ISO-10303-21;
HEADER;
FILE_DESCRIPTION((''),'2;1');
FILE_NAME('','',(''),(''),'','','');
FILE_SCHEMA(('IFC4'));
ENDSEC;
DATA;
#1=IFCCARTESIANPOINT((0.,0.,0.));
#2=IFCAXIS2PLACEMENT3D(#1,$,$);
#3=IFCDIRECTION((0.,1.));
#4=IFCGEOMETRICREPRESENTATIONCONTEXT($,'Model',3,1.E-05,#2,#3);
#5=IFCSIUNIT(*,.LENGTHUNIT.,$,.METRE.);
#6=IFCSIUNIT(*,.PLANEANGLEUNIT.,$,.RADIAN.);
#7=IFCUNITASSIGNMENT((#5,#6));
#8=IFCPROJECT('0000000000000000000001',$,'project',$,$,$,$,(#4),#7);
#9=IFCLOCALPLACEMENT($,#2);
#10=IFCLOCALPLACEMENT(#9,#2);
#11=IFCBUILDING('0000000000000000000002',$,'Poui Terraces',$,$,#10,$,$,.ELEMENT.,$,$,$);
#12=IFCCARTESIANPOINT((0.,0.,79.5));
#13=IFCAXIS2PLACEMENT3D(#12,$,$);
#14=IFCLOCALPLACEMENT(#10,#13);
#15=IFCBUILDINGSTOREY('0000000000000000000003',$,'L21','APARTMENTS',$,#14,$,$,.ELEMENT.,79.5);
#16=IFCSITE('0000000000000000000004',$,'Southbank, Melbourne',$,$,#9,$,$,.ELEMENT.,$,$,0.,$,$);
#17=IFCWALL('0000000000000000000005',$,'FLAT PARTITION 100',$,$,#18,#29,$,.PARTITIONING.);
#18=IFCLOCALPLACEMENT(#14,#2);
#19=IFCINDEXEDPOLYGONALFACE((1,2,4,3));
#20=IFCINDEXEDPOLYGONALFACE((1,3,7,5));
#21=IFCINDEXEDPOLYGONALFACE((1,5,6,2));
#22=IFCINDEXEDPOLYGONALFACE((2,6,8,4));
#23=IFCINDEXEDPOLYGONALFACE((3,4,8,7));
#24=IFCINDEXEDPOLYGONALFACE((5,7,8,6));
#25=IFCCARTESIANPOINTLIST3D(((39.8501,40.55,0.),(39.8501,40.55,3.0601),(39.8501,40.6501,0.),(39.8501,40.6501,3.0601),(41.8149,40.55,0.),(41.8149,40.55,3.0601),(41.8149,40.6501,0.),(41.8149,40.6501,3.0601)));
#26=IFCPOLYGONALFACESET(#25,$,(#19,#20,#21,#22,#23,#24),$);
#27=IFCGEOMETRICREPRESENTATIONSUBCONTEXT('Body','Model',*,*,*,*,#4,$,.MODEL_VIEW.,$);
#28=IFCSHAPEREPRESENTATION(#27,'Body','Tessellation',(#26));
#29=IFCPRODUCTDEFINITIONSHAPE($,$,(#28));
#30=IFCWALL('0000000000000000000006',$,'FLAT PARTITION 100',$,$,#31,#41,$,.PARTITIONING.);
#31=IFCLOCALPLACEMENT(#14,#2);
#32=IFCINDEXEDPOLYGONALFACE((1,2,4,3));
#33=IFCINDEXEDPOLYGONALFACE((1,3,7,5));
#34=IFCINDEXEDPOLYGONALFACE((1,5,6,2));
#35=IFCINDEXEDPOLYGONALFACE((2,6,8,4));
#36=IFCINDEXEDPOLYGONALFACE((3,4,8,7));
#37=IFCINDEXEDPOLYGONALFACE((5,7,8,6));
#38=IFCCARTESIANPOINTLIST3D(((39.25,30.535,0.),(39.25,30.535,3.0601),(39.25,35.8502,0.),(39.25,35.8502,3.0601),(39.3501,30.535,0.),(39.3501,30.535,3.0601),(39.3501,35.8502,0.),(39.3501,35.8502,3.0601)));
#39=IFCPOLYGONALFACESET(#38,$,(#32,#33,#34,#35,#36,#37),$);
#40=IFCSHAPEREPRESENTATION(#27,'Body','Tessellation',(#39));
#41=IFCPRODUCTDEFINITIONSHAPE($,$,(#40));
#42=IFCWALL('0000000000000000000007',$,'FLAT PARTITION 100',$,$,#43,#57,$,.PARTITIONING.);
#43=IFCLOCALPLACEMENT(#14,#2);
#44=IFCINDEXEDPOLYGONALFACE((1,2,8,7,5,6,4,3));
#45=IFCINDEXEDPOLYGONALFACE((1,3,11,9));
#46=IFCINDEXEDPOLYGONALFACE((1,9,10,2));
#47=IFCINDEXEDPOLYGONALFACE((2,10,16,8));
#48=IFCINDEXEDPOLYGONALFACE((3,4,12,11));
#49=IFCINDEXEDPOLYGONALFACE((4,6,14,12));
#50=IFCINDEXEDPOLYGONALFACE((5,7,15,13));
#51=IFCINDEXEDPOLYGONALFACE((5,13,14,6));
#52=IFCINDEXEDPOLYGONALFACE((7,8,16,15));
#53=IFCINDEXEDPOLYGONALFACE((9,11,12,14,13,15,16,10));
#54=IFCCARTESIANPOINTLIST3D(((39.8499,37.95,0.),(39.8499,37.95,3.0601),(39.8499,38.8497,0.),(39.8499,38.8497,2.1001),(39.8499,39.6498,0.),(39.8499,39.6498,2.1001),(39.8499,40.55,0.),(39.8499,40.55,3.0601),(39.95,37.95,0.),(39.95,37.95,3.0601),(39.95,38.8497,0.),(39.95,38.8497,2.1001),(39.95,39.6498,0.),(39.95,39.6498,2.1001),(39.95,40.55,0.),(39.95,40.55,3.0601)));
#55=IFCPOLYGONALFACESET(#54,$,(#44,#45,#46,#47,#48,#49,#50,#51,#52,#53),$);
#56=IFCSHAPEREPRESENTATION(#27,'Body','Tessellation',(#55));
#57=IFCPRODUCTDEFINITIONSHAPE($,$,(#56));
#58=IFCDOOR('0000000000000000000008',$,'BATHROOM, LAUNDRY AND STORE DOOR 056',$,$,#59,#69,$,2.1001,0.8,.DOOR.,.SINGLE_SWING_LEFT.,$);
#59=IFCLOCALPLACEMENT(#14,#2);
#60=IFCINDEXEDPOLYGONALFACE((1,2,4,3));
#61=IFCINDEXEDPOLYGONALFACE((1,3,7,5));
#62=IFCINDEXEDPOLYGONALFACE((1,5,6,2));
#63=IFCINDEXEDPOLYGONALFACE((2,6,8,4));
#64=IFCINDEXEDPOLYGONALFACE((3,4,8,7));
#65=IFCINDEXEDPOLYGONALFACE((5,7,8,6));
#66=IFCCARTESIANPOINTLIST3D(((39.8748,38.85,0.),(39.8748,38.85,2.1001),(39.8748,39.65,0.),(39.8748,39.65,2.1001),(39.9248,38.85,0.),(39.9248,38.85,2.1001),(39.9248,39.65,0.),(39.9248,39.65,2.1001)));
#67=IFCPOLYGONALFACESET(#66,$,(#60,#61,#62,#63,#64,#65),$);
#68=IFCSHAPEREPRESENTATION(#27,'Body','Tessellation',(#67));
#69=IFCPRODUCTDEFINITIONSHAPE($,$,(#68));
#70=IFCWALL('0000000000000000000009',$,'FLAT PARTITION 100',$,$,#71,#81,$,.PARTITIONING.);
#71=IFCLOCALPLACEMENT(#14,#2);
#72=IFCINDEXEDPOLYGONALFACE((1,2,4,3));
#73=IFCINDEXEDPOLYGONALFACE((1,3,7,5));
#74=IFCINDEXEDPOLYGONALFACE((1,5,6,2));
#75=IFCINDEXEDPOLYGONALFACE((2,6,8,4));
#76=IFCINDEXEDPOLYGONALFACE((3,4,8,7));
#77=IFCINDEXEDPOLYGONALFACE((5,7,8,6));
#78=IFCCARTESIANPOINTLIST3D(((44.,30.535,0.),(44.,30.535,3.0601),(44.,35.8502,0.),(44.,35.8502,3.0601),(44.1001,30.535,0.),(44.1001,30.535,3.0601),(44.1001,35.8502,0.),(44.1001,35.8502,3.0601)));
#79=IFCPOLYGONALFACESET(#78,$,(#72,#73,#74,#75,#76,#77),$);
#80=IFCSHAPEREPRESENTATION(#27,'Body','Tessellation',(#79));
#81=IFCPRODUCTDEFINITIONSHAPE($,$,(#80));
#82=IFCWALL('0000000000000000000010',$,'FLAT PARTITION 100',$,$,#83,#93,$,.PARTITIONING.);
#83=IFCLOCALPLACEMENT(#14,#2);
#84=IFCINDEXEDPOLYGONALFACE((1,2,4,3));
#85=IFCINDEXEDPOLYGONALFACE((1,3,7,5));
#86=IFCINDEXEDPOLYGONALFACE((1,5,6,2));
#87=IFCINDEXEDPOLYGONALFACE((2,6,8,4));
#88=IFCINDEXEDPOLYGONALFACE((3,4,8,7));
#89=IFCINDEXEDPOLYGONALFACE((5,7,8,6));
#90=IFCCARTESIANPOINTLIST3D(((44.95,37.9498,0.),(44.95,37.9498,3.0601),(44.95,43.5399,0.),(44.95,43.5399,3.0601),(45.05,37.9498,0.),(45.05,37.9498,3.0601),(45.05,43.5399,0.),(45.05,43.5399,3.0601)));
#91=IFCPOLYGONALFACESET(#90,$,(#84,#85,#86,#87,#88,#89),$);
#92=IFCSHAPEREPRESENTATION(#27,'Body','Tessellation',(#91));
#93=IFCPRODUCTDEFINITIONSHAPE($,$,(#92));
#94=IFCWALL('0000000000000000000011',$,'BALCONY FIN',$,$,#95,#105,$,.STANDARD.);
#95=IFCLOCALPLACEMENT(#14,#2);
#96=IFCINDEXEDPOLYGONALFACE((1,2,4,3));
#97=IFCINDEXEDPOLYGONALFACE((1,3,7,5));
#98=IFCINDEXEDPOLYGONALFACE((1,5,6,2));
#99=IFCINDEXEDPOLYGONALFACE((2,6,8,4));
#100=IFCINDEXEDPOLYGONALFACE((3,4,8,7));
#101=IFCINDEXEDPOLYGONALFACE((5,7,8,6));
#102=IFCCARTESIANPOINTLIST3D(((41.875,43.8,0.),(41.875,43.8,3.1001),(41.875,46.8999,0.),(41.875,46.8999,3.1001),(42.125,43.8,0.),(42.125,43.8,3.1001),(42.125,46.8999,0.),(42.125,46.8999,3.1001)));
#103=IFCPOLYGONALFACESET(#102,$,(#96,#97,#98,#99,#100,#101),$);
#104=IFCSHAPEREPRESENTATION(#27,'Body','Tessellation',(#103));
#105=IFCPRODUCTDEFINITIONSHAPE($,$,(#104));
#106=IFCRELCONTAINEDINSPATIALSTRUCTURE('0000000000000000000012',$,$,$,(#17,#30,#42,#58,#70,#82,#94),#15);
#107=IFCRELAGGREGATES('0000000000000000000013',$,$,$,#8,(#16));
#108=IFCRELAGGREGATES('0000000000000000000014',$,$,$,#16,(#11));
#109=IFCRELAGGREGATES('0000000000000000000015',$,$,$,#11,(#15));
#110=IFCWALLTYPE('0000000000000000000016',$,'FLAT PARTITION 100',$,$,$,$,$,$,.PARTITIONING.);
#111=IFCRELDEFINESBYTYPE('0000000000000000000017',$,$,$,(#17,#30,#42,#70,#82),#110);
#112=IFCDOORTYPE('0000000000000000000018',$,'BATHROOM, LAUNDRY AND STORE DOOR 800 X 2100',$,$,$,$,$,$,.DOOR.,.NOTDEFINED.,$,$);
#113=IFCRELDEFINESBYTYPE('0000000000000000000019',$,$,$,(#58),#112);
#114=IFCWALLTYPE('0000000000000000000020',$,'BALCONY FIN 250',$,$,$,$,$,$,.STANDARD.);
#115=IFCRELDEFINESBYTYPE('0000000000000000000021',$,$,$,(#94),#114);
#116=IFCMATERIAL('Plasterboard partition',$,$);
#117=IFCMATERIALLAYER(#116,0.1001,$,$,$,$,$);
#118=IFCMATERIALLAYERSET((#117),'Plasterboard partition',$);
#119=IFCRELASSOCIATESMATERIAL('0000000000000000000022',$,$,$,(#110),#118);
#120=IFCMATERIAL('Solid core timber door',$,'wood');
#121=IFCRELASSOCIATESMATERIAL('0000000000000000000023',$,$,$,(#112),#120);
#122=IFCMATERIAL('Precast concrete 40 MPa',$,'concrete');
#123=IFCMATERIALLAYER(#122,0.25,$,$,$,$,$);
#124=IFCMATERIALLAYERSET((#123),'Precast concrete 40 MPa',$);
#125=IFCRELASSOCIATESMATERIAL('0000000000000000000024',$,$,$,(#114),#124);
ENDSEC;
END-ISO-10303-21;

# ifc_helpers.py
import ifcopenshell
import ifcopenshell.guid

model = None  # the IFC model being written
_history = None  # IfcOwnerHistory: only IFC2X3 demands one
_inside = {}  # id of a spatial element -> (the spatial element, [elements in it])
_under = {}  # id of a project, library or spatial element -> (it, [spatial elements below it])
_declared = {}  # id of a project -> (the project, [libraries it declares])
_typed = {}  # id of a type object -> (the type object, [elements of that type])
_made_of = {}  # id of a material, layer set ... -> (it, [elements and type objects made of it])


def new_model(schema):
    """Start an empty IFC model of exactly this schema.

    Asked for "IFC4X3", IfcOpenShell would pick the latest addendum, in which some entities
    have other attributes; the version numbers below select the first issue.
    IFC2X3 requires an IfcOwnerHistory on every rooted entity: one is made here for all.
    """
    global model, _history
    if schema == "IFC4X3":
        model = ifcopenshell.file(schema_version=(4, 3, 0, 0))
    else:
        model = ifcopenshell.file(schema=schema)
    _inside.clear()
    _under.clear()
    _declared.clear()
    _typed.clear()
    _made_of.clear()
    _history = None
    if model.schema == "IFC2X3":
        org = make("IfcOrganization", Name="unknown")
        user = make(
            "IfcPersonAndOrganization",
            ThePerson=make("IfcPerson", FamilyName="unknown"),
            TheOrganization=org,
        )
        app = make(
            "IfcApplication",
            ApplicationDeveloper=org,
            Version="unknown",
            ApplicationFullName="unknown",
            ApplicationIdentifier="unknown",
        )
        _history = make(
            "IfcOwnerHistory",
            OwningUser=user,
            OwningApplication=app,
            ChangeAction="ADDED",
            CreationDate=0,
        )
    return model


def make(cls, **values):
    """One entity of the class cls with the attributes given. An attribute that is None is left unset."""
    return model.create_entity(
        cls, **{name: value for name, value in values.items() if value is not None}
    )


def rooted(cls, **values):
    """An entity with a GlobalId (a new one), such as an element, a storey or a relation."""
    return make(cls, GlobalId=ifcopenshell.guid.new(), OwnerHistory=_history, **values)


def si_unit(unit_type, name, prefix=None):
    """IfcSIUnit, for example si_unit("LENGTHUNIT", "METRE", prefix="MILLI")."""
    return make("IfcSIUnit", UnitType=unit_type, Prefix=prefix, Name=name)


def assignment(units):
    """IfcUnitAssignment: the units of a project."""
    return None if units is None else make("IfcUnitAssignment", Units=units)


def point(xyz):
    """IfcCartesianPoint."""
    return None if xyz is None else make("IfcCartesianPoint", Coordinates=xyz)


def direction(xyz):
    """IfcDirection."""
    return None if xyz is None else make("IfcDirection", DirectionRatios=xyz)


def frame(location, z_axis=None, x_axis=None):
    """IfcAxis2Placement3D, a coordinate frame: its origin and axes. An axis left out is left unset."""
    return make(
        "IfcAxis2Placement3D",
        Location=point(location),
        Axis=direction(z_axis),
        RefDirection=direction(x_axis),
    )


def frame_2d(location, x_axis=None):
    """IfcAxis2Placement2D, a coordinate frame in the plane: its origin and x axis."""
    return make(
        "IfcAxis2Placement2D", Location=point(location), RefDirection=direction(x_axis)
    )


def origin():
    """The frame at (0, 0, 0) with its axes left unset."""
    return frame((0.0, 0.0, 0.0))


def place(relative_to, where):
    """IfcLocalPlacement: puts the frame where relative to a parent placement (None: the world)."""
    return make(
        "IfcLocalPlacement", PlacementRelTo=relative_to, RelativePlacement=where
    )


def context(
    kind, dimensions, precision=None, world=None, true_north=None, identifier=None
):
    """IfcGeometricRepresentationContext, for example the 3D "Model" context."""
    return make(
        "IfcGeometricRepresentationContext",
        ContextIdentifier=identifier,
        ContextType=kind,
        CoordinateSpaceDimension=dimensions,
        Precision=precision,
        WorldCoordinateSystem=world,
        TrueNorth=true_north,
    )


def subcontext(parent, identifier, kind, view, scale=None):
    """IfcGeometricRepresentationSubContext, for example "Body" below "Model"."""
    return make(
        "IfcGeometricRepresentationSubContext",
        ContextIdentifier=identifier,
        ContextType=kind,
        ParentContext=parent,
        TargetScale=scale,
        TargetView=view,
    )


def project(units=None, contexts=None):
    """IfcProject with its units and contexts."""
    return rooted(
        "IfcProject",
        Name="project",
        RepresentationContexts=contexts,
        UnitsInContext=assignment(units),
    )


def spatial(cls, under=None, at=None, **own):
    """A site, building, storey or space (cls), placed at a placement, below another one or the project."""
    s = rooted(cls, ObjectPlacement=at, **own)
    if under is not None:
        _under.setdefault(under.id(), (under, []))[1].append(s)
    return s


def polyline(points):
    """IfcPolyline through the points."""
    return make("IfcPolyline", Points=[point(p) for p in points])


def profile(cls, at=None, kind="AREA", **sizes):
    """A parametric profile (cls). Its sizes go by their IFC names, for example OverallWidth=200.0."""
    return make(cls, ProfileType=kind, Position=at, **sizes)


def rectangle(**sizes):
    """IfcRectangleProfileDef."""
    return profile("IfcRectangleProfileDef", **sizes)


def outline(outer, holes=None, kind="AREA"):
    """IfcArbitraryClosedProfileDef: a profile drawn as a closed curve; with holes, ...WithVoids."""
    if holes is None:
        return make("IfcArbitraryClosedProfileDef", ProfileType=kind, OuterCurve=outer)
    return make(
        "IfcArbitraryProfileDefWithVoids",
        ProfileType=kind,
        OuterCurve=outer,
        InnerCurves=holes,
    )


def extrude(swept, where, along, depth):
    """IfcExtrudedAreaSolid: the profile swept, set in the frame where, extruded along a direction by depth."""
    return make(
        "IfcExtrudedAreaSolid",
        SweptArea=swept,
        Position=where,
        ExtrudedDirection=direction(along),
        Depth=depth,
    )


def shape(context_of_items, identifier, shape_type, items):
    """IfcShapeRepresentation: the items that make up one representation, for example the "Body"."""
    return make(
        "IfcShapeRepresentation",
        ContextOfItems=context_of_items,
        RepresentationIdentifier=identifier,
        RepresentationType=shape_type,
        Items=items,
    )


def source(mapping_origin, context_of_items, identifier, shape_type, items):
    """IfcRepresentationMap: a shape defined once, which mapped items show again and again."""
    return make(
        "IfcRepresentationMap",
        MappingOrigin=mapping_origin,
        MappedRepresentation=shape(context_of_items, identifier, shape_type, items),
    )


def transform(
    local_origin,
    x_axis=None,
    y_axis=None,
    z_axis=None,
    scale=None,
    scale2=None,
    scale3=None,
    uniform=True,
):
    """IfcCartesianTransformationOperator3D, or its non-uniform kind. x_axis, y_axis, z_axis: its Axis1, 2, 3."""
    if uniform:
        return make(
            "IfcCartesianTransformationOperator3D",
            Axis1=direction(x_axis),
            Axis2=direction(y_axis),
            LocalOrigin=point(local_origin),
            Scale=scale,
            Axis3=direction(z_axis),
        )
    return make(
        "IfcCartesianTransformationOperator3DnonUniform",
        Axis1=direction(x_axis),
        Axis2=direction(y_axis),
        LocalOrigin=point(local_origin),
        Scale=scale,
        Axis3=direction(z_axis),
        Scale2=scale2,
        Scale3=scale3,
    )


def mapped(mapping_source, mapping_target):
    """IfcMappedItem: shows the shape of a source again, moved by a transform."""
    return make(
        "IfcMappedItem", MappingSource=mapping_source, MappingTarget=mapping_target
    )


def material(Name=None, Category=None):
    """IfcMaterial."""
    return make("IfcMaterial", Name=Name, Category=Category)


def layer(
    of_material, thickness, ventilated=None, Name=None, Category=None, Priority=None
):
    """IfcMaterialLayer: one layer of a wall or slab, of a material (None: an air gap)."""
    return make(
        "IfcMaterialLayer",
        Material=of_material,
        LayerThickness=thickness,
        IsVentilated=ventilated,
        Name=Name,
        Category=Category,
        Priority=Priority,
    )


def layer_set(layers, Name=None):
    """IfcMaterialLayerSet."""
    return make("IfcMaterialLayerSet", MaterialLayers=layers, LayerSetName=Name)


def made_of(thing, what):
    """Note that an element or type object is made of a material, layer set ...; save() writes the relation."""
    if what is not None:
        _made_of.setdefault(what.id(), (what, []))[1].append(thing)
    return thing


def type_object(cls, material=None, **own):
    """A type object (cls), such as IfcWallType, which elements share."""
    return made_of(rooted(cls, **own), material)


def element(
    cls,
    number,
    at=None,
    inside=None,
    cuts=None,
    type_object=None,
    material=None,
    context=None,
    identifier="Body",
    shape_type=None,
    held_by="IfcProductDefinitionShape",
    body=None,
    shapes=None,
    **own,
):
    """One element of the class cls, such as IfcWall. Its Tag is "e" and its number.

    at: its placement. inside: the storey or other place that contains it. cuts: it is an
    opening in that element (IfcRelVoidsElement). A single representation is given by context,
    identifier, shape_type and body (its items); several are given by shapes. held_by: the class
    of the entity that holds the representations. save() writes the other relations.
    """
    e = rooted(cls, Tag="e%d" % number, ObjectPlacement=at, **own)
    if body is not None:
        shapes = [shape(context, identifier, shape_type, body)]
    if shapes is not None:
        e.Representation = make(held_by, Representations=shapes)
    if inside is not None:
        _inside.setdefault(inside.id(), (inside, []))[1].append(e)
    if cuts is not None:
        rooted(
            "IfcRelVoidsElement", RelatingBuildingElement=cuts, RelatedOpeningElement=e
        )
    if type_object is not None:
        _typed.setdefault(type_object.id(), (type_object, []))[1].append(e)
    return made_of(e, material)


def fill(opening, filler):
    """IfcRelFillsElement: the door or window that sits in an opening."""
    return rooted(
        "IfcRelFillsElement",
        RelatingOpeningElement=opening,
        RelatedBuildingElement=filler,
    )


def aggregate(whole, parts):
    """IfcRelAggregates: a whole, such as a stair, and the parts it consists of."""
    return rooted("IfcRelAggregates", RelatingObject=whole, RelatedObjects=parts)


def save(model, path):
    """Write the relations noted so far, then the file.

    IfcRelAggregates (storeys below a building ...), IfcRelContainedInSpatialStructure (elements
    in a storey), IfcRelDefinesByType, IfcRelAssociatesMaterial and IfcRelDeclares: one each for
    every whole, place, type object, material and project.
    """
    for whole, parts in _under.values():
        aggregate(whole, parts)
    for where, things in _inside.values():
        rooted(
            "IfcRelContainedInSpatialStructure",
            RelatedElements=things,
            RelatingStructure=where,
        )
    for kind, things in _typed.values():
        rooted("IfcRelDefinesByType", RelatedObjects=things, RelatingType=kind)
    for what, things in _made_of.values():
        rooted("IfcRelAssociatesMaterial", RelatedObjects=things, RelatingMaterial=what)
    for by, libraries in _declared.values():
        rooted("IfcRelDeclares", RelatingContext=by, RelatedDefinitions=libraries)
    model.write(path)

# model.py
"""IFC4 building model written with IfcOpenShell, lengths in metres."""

from ifc_helpers import new_model, si_unit, direction, frame, frame_2d, origin, place, context, subcontext, project, spatial, polyline, rectangle, outline, extrude, source, transform, mapped, material, layer, layer_set, type_object, element, fill, save


model = new_model("IFC4")

# Units and contexts
model_context = context("Model", 3, precision=1e-05, world=origin(), true_north=direction((0.0, 1.0)))
body_context = subcontext(model_context, "Body", "Model", "MODEL_VIEW")
ifc_project = project(units=[si_unit("LENGTHUNIT", "METRE"), si_unit("PLANEANGLEUNIT", "RADIAN")], contexts=[model_context])

# Site, building, storey
site_placement = place(None, origin())
site = spatial("IfcSite", under=ifc_project, at=site_placement, Name="Southbank, Melbourne", CompositionType="ELEMENT", RefElevation=0.0)
building_placement = place(site_placement, origin())
building = spatial("IfcBuilding", under=site, at=building_placement, Name="Poui Terraces", CompositionType="ELEMENT")
storey_placement = place(building_placement, frame((0.0, 0.0, 79.5)))
storey = spatial("IfcBuildingStorey", under=building, at=storey_placement, Name="L21", Description="APARTMENTS", CompositionType="ELEMENT", Elevation=79.5)

# Shared definitions
ifc_material_1 = material(Name="Solid core timber door", Category="wood")
ifc_material_2 = material(Name="Plasterboard partition")
ifc_layer_1 = layer(ifc_material_2, 0.1001)
ifc_layer_set_1 = layer_set([ifc_layer_1], Name="Plasterboard partition")
wall_type_1 = type_object("IfcWallType", Name="FLAT PARTITION 100", PredefinedType="PARTITIONING", material=ifc_layer_set_1)
door_type_1 = type_object("IfcDoorType", Name="BATHROOM, LAUNDRY AND STORE DOOR 800 X 2100", OperationType="NOTDEFINED", PredefinedType="DOOR", material=ifc_material_1)

# Walls
wall_1_placement = place(storey_placement, frame((39.8501, 40.6001, 0.0), z_axis=(0.0, 0.0, 1.0), x_axis=(1.0, 0.0, 0.0)))
element("IfcWall", 1, at=wall_1_placement, inside=storey, type_object=wall_type_1, Name="FLAT PARTITION 100", PredefinedType="PARTITIONING", context=body_context, shape_type="SweptSolid", body=[
    extrude(rectangle(XDim=1.9648, YDim=0.1001, at=frame_2d((0.9824, 0.0))), origin(), (0.0, 0.0, 1.0), 3.0601),
])
wall_2_placement = place(storey_placement, frame((39.3, 30.5349, 0.0), z_axis=(0.0, 0.0, 1.0), x_axis=(0.0, 1.0, 0.0)))
element("IfcWall", 2, at=wall_2_placement, inside=storey, type_object=wall_type_1, Name="FLAT PARTITION 100", PredefinedType="PARTITIONING", context=body_context, shape_type="SweptSolid", body=[
    extrude(rectangle(XDim=5.3152, YDim=0.1001, at=frame_2d((2.6577, 0.0))), origin(), (0.0, 0.0, 1.0), 3.0601),
])

# Wall, opening, door
wall_3_placement = place(storey_placement, frame((39.8999, 37.95, 0.0), z_axis=(0.0, 0.0, 1.0), x_axis=(0.0, 1.0, 0.0)))
wall_3 = element("IfcWall", 3, at=wall_3_placement, inside=storey, type_object=wall_type_1, Name="FLAT PARTITION 100", PredefinedType="PARTITIONING", context=body_context, shape_type="SweptSolid", body=[
    extrude(rectangle(XDim=2.6001, YDim=0.1001, at=frame_2d((1.3, 0.0))), origin(), (0.0, 0.0, 1.0), 3.0601),
])
opening_1_placement = place(wall_3_placement, frame((0.8999, 0.0, 0.0)))
opening_1 = element("IfcOpeningElement", 4, at=opening_1_placement, cuts=wall_3, PredefinedType="OPENING", context=body_context, shape_type="SweptSolid", body=[
    extrude(rectangle(XDim=0.8, YDim=2.1001, at=frame_2d((0.3999, 1.05))), frame((0.0, 0.0601, 0.0), z_axis=(0.0, -1.0, 0.0), x_axis=(1.0, 0.0, 0.0)), (0.0, 0.0, 1.0), 0.1201),
])
door_1_placement = place(opening_1_placement, frame((0.8, 0.0, 0.0), z_axis=(0.0, 0.0, 1.0), x_axis=(-1.0, 0.0, 0.0)))
door_1 = element("IfcDoor", 5, at=door_1_placement, inside=storey, type_object=door_type_1, Name="BATHROOM, LAUNDRY AND STORE DOOR 056", OperationType="SINGLE_SWING_LEFT", OverallHeight=2.1001, OverallWidth=0.8, PredefinedType="DOOR", context=body_context, shape_type="SweptSolid", body=[
    extrude(rectangle(XDim=0.8, YDim=2.1001, at=frame_2d((0.3999, 1.05))), frame((0.0, 0.0249, 0.0), z_axis=(0.0, -1.0, 0.0), x_axis=(1.0, 0.0, 0.0)), (0.0, 0.0, 1.0), 0.05),
])
fill(opening_1, door_1)

# Walls
wall_4_placement = place(storey_placement, frame((44.05, 30.5349, 0.0), z_axis=(0.0, 0.0, 1.0), x_axis=(0.0, 1.0, 0.0)))
element("IfcWall", 6, at=wall_4_placement, inside=storey, type_object=wall_type_1, Name="FLAT PARTITION 100", PredefinedType="PARTITIONING", context=body_context, shape_type="SweptSolid", body=[
    extrude(rectangle(XDim=5.3152, YDim=0.1001, at=frame_2d((2.6577, 0.0))), origin(), (0.0, 0.0, 1.0), 3.0601),
])
wall_5_placement = place(storey_placement, frame((45.0, 37.95, 0.0), z_axis=(0.0, 0.0, 1.0), x_axis=(0.0, 1.0, 0.0)))
element("IfcWall", 7, at=wall_5_placement, inside=storey, type_object=wall_type_1, Name="FLAT PARTITION 100", PredefinedType="PARTITIONING", context=body_context, shape_type="SweptSolid", body=[
    extrude(rectangle(XDim=5.5901, YDim=0.1001, at=frame_2d((2.7949, 0.0))), origin(), (0.0, 0.0, 1.0), 3.0601),
])
ifc_material_3 = material(Name="Precast concrete 40 MPa", Category="concrete")
ifc_layer_2 = layer(ifc_material_3, 0.25)
ifc_layer_set_2 = layer_set([ifc_layer_2], Name="Precast concrete 40 MPa")
wall_type_2 = type_object("IfcWallType", Name="BALCONY FIN 250", PredefinedType="STANDARD", material=ifc_layer_set_2)
shared_shape_1 = source(origin(), body_context, "Body", "SweptSolid", [
    extrude(outline(polyline([(0.0, 0.0), (0.25, 0.0), (0.25, 3.0999), (0.0, 3.0999), (0.0, 0.0)])), origin(), (0.0, 0.0, 1.0), 3.1001),
])
wall_6_placement = place(storey_placement, frame((41.875, 43.8, 0.0)))
element("IfcWall", 8, at=wall_6_placement, inside=storey, type_object=wall_type_2, Name="BALCONY FIN", PredefinedType="STANDARD", context=body_context, shape_type="MappedRepresentation", body=[
    mapped(shared_shape_1, transform((0.0, 0.0, 0.0))),
])

save(model, "model.ifc")
